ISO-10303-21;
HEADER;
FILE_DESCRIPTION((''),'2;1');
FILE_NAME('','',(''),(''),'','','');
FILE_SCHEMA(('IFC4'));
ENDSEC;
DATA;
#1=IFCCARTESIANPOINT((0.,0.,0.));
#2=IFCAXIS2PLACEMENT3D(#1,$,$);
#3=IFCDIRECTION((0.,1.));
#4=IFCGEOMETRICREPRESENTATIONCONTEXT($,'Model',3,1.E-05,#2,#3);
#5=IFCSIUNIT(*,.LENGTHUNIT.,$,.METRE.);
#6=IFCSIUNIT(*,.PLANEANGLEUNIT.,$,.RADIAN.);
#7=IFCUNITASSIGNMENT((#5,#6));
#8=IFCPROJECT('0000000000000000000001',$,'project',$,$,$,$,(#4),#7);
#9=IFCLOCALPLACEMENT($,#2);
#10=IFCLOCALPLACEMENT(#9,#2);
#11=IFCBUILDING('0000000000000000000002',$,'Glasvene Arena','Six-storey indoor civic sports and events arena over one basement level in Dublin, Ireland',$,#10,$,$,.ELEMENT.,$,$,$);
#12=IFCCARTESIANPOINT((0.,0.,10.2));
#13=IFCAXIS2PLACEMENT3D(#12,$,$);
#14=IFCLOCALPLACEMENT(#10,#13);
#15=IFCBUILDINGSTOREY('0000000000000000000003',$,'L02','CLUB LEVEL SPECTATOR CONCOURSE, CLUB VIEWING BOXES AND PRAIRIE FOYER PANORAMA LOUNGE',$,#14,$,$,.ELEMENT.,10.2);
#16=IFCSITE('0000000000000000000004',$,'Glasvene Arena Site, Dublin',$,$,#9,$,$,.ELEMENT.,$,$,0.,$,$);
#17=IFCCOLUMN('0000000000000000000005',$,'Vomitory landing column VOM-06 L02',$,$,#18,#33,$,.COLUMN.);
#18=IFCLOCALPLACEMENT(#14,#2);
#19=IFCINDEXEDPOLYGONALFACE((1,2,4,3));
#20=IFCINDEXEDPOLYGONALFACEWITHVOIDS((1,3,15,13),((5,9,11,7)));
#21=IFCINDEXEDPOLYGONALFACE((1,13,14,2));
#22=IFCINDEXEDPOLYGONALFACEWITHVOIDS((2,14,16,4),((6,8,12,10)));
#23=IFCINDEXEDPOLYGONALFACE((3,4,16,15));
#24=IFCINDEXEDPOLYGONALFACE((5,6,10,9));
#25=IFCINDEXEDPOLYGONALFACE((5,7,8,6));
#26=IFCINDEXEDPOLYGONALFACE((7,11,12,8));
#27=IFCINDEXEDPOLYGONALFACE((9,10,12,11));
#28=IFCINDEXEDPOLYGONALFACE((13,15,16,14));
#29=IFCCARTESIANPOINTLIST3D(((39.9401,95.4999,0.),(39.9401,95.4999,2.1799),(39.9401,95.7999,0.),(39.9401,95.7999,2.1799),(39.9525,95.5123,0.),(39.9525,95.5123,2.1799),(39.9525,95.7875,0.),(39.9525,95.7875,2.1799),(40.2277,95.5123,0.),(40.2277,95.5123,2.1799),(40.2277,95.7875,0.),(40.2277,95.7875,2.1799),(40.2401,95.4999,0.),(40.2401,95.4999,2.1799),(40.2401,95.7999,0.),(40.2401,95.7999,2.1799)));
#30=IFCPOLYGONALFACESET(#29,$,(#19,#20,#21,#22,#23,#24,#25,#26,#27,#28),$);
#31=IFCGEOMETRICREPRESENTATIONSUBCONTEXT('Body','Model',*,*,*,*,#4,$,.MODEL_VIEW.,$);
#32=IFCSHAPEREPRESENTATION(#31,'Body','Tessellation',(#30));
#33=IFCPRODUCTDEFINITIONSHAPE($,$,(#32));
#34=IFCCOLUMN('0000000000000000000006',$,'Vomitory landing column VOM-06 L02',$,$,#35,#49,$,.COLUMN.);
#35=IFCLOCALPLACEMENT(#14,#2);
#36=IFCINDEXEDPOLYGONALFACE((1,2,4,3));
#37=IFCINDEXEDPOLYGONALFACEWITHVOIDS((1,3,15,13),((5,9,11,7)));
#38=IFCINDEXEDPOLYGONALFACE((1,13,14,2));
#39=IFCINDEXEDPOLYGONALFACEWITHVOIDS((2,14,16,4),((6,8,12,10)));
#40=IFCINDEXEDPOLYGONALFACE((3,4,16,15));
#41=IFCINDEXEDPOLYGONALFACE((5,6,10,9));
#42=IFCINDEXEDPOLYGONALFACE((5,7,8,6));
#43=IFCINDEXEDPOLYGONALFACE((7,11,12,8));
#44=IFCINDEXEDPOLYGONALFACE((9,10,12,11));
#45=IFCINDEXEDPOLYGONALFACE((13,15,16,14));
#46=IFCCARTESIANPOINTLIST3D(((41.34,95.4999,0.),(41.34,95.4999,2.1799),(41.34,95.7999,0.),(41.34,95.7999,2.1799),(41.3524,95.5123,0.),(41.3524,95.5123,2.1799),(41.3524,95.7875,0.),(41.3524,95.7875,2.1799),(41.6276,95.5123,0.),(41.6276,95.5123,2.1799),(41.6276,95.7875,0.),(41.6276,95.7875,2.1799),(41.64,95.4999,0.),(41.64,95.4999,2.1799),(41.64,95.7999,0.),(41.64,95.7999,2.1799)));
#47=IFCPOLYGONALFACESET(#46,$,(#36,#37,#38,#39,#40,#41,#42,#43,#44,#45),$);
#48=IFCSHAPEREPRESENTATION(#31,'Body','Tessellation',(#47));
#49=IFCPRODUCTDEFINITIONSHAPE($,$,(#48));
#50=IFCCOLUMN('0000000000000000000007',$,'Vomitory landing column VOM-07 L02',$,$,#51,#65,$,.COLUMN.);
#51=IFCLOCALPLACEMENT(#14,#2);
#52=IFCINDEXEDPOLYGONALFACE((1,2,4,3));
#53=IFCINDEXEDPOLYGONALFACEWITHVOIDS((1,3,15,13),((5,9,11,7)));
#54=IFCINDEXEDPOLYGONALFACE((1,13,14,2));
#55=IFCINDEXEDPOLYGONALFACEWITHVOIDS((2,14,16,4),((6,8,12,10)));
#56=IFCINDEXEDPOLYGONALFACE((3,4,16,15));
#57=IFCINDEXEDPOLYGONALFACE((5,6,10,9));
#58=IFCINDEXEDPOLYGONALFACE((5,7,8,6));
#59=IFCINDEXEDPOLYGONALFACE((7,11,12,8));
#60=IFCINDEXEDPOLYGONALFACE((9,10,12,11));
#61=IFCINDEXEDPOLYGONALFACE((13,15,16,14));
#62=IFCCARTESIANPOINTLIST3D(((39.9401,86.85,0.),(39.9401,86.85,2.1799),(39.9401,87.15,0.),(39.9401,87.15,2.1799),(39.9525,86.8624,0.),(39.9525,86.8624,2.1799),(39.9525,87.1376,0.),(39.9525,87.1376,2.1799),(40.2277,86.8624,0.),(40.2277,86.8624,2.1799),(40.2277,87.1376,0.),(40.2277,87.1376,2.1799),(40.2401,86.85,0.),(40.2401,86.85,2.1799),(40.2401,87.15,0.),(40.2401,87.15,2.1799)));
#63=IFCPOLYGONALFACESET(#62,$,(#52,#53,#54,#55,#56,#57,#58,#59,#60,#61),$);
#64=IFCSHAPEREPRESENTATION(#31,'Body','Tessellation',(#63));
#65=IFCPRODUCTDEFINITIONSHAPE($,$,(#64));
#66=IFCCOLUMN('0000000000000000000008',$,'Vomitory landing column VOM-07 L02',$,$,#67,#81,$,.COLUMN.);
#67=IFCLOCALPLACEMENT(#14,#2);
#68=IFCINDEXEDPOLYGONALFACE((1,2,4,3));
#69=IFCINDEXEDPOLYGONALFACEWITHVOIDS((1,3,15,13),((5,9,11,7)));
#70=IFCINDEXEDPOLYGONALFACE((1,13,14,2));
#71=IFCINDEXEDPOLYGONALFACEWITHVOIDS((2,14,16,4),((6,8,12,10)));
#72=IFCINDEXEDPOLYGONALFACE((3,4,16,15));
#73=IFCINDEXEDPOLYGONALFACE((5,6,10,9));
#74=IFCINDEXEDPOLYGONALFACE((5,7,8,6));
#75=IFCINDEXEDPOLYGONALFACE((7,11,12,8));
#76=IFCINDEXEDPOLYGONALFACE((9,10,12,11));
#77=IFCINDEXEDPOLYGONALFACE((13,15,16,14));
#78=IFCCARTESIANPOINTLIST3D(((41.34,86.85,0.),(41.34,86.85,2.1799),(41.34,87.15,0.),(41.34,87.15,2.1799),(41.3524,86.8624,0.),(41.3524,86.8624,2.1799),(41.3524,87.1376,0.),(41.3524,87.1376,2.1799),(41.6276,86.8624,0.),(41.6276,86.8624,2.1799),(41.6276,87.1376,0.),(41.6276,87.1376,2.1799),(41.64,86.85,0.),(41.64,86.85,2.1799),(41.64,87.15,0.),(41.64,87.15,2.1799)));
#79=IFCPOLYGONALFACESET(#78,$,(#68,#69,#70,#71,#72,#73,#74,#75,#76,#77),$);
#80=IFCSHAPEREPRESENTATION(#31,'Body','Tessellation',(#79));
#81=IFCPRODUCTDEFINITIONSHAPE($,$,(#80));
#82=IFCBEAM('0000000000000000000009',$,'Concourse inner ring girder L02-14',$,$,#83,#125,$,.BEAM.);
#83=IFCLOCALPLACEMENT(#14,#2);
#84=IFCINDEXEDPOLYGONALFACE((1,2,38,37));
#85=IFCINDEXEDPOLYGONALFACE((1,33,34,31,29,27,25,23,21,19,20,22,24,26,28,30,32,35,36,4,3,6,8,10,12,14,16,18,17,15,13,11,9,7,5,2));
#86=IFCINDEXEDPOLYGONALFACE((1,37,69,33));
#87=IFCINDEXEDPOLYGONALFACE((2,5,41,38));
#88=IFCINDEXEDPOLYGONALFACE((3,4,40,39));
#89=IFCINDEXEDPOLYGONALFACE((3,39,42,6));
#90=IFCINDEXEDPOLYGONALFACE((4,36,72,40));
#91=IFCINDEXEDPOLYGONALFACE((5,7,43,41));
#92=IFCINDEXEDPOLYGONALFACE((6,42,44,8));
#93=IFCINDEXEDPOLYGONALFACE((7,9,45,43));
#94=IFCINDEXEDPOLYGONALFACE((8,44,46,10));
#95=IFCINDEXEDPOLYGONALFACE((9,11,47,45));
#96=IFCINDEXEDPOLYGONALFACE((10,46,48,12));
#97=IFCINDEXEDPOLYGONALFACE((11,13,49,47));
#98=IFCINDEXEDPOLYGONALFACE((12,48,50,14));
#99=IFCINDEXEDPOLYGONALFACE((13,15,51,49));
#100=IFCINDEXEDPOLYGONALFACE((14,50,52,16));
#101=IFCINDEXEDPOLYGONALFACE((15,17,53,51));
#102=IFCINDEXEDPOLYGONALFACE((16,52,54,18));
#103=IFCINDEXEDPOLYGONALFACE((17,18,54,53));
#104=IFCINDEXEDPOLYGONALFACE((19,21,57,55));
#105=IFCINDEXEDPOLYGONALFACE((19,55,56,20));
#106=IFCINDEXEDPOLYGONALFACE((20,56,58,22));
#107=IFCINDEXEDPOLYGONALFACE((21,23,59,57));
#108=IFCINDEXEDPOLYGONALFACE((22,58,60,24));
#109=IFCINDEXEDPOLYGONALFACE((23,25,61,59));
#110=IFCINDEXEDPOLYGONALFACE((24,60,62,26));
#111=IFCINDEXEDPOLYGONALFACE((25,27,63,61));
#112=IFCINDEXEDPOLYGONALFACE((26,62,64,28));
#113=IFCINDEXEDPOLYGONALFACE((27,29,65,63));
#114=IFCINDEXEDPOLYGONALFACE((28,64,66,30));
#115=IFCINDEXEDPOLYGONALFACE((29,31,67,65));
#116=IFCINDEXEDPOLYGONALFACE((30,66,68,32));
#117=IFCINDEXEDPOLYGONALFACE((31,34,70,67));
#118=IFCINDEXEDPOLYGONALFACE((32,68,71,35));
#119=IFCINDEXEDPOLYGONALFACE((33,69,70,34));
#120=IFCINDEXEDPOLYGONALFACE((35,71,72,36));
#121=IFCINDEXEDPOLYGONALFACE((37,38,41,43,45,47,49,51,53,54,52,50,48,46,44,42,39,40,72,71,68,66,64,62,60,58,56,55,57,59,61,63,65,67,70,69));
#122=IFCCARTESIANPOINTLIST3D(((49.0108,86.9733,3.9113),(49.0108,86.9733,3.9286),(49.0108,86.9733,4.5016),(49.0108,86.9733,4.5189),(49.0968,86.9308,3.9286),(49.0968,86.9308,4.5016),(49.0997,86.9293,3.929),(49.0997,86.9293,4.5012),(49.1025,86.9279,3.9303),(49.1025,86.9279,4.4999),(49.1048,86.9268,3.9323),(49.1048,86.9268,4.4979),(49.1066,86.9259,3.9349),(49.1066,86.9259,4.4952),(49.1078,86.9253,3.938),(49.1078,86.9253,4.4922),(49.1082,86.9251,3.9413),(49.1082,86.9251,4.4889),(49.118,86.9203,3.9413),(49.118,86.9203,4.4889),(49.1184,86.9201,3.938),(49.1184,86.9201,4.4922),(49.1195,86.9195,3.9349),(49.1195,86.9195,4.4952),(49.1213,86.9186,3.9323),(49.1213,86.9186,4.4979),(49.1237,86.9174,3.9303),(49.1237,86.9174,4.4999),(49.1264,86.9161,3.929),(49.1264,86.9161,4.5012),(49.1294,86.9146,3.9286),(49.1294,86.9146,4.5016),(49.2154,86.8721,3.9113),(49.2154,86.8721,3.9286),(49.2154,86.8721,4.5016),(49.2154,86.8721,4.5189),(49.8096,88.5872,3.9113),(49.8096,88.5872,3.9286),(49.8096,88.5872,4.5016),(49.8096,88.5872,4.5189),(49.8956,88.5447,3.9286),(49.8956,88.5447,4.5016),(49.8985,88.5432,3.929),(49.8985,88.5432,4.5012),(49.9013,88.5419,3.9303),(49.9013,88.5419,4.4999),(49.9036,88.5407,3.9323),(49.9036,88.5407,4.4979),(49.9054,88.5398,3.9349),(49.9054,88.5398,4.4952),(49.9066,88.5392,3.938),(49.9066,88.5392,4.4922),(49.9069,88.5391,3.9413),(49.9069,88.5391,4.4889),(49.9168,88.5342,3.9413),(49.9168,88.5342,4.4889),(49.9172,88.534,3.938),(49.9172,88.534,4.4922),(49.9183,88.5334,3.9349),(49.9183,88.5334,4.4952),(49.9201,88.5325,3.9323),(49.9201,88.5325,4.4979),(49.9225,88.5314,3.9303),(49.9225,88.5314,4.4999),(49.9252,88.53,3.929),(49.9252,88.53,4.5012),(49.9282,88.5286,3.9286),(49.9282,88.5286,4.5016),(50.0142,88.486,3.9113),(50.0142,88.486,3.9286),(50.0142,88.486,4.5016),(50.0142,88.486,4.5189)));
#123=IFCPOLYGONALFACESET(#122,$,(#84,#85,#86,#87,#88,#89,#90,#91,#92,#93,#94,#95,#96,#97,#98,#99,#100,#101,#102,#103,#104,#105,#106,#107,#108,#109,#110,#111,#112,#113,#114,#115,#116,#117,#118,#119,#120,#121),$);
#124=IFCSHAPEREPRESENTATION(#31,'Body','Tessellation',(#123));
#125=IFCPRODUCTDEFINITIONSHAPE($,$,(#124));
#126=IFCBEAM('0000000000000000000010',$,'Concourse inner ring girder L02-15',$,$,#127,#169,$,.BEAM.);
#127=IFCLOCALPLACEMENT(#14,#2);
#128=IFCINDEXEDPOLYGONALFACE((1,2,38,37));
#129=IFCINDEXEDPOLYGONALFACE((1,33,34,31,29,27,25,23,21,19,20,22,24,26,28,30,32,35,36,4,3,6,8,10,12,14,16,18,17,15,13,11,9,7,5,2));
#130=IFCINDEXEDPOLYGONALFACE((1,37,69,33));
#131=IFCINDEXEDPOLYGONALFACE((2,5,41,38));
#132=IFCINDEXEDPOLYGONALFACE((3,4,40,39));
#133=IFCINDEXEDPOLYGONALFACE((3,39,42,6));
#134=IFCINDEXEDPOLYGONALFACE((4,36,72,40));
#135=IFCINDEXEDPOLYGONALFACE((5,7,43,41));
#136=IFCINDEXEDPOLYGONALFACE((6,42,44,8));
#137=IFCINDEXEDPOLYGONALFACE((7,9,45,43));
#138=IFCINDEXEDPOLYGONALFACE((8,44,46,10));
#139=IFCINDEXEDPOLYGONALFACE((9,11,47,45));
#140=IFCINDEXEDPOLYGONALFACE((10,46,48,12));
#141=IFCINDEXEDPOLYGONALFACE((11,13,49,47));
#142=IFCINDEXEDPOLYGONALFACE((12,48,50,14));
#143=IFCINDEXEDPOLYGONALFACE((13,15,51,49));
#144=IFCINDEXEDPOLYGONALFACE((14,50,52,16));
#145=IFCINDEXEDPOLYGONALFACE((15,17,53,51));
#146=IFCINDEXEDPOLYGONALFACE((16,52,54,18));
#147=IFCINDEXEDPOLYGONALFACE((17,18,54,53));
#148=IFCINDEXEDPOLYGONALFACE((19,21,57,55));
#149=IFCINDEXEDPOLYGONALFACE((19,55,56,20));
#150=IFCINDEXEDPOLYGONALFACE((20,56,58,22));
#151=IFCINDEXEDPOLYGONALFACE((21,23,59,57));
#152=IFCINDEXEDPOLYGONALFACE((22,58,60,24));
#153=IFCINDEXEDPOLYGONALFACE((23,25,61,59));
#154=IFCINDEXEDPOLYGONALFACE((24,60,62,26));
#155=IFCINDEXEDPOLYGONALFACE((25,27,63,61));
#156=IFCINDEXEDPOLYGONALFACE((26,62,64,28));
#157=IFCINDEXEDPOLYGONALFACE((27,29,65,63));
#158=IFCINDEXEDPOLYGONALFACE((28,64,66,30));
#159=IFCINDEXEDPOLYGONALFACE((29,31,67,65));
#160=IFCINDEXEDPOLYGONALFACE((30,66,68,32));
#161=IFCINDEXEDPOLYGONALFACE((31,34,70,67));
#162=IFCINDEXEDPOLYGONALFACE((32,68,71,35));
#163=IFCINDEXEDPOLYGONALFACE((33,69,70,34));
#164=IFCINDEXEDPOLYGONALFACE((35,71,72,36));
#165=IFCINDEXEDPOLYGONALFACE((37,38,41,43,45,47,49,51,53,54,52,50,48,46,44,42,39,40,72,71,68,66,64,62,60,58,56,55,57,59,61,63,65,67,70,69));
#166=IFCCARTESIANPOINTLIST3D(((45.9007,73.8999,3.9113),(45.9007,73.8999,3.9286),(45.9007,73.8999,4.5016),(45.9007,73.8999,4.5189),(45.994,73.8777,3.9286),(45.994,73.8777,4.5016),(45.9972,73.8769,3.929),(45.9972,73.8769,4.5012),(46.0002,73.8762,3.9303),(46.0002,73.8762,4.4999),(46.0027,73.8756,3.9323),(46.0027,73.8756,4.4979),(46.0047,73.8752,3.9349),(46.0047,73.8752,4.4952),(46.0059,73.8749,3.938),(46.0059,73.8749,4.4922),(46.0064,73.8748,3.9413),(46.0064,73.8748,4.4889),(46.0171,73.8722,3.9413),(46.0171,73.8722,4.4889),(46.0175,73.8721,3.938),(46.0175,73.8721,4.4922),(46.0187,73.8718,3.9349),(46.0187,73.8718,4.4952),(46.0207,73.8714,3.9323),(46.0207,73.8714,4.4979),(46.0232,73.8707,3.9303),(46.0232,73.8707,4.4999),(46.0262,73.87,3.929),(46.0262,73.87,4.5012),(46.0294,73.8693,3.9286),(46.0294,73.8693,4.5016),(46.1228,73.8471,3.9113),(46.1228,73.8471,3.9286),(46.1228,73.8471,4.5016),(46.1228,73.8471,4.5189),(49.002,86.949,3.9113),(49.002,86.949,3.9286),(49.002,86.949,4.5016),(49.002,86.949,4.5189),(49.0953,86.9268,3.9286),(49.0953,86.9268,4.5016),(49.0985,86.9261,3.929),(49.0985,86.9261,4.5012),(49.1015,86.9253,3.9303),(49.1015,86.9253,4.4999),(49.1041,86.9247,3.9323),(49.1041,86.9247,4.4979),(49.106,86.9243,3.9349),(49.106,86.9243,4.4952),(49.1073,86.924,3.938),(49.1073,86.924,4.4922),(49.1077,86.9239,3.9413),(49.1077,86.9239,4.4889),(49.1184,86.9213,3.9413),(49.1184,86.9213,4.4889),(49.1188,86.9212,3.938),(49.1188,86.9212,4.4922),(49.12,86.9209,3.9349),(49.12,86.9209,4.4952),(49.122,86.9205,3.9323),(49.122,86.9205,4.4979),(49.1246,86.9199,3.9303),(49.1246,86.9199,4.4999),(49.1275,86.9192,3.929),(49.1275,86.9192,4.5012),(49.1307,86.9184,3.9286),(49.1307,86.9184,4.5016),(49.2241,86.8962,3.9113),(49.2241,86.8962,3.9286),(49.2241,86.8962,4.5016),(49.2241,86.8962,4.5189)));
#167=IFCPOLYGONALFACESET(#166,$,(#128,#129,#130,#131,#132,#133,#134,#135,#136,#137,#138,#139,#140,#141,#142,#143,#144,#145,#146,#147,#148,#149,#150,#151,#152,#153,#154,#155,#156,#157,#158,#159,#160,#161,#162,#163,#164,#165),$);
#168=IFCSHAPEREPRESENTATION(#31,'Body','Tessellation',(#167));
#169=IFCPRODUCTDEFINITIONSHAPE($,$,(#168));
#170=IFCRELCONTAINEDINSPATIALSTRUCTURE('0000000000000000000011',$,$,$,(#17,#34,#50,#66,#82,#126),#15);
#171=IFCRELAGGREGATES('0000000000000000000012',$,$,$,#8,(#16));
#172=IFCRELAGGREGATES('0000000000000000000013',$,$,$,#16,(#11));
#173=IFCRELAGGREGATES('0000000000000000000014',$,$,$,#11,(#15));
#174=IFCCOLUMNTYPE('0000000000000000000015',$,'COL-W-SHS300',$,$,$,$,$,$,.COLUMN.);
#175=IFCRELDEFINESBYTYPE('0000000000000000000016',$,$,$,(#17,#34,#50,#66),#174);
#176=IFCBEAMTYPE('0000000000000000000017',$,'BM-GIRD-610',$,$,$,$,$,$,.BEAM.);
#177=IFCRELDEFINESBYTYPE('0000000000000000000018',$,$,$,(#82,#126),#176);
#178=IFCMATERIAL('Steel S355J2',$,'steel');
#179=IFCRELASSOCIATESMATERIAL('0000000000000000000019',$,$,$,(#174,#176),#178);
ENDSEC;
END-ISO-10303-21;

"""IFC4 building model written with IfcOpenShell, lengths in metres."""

from ifc_helpers import new_model, si_unit, direction, frame, origin, origin_2d, place, context, subcontext, project, spatial, hollow_rectangle, i_section, extrude, material, material_profile, profile_set, type_object, element, save


model = new_model("IFC4")

# Units and contexts
model_context = context("Model", 3, precision=1e-05, world=origin(), true_north=direction((0.0, 1.0)))
body_context = subcontext(model_context, "Body", "Model", "MODEL_VIEW")
ifc_project = project(units=[si_unit("LENGTHUNIT", "METRE"), si_unit("PLANEANGLEUNIT", "RADIAN")], contexts=[model_context])

# Site, building, storey
site_placement = place(None, origin())
site = spatial("IfcSite", under=ifc_project, at=site_placement, Name="Glasvene Arena Site, Dublin", CompositionType="ELEMENT", RefElevation=0.0)
building_placement = place(site_placement, origin())
building = spatial("IfcBuilding", under=site, at=building_placement, Name="Glasvene Arena", Description="Six-storey indoor civic sports and events arena over one basement level in Dublin, Ireland", CompositionType="ELEMENT")
storey_placement = place(building_placement, frame((0.0, 0.0, 10.2)))
storey = spatial("IfcBuildingStorey", under=building, at=storey_placement, Name="L02", Description="CLUB LEVEL SPECTATOR CONCOURSE, CLUB VIEWING BOXES AND PRAIRIE FOYER PANORAMA LOUNGE", CompositionType="ELEMENT", Elevation=10.2)

# Columns
ifc_material_1 = material(Name="Steel S355J2", Category="steel")
ifc_material_profile_1 = material_profile(ifc_material_1, hollow_rectangle(XDim=0.3, YDim=0.3, WallThickness=0.0125, at=origin_2d()), Name="SHS 300x300x12.5")
ifc_profile_set_1 = profile_set([ifc_material_profile_1], Name="Steel S355J2")
column_type_1 = type_object("IfcColumnType", Name="COL-W-SHS300", PredefinedType="COLUMN", material=ifc_profile_set_1)
for number, where, z_axis, x_axis, name in (
    (1, (40.0901, 95.6499, 0.0), (0.0, 0.0, 1.0), (1.0, 0.0, 0.0), "Vomitory landing column VOM-06 L02"),
    (2, (41.49, 95.6499, 0.0), (0.0, 0.0, 1.0), (1.0, 0.0, 0.0), "Vomitory landing column VOM-06 L02"),
    (3, (40.0901, 87.0, 0.0), (0.0, 0.0, 1.0), (1.0, 0.0, 0.0), "Vomitory landing column VOM-07 L02"),
    (4, (41.49, 87.0, 0.0), (0.0, 0.0, 1.0), (1.0, 0.0, 0.0), "Vomitory landing column VOM-07 L02"),
):
    element("IfcColumn", number, at=place(storey_placement, frame(where, z_axis=z_axis, x_axis=x_axis)), inside=storey, type_object=column_type_1, Name=name, PredefinedType="COLUMN", context=body_context, shape_type="SweptSolid", body=[
        extrude(hollow_rectangle(XDim=0.3, YDim=0.3, WallThickness=0.0125, at=origin_2d()), origin(), (0.0, 0.0, 1.0), 2.1799),
    ])

# Beams
ifc_material_profile_2 = material_profile(ifc_material_1, i_section(OverallWidth=0.2283, OverallDepth=0.6077, WebThickness=0.011, FlangeThickness=0.0173, FilletRadius=0.0127, at=origin_2d()), Name="UKB 610x229x113")
ifc_profile_set_2 = profile_set([ifc_material_profile_2], Name="Steel S355J2")
beam_type_1 = type_object("IfcBeamType", Name="BM-GIRD-610", PredefinedType="BEAM", material=ifc_profile_set_2)
beam_1_placement = place(storey_placement, frame((49.9119, 88.5366, 4.2151), z_axis=(-0.443577, -0.896236, 0.0), x_axis=(0.896236, -0.443577, 0.0)))
element("IfcBeam", 5, at=beam_1_placement, inside=storey, type_object=beam_type_1, Name="Concourse inner ring girder L02-14", PredefinedType="BEAM", context=body_context, shape_type="SweptSolid", body=[
    extrude(i_section(OverallWidth=0.2283, OverallDepth=0.6077, WebThickness=0.011, FlangeThickness=0.0173, FilletRadius=0.0127, at=origin_2d()), origin(), (0.0, 0.0, 1.0), 1.8008),
])
beam_2_placement = place(storey_placement, frame((49.113, 86.9226, 4.2151), z_axis=(-0.231225, -0.9729, 0.0), x_axis=(0.9729, -0.231225, 0.0)))
element("IfcBeam", 6, at=beam_2_placement, inside=storey, type_object=beam_type_1, Name="Concourse inner ring girder L02-15", PredefinedType="BEAM", context=body_context, shape_type="SweptSolid", body=[
    extrude(i_section(OverallWidth=0.2283, OverallDepth=0.6077, WebThickness=0.011, FlangeThickness=0.0173, FilletRadius=0.0127, at=origin_2d()), origin(), (0.0, 0.0, 1.0), 13.4126),
])

save(model, "model.ifc")
